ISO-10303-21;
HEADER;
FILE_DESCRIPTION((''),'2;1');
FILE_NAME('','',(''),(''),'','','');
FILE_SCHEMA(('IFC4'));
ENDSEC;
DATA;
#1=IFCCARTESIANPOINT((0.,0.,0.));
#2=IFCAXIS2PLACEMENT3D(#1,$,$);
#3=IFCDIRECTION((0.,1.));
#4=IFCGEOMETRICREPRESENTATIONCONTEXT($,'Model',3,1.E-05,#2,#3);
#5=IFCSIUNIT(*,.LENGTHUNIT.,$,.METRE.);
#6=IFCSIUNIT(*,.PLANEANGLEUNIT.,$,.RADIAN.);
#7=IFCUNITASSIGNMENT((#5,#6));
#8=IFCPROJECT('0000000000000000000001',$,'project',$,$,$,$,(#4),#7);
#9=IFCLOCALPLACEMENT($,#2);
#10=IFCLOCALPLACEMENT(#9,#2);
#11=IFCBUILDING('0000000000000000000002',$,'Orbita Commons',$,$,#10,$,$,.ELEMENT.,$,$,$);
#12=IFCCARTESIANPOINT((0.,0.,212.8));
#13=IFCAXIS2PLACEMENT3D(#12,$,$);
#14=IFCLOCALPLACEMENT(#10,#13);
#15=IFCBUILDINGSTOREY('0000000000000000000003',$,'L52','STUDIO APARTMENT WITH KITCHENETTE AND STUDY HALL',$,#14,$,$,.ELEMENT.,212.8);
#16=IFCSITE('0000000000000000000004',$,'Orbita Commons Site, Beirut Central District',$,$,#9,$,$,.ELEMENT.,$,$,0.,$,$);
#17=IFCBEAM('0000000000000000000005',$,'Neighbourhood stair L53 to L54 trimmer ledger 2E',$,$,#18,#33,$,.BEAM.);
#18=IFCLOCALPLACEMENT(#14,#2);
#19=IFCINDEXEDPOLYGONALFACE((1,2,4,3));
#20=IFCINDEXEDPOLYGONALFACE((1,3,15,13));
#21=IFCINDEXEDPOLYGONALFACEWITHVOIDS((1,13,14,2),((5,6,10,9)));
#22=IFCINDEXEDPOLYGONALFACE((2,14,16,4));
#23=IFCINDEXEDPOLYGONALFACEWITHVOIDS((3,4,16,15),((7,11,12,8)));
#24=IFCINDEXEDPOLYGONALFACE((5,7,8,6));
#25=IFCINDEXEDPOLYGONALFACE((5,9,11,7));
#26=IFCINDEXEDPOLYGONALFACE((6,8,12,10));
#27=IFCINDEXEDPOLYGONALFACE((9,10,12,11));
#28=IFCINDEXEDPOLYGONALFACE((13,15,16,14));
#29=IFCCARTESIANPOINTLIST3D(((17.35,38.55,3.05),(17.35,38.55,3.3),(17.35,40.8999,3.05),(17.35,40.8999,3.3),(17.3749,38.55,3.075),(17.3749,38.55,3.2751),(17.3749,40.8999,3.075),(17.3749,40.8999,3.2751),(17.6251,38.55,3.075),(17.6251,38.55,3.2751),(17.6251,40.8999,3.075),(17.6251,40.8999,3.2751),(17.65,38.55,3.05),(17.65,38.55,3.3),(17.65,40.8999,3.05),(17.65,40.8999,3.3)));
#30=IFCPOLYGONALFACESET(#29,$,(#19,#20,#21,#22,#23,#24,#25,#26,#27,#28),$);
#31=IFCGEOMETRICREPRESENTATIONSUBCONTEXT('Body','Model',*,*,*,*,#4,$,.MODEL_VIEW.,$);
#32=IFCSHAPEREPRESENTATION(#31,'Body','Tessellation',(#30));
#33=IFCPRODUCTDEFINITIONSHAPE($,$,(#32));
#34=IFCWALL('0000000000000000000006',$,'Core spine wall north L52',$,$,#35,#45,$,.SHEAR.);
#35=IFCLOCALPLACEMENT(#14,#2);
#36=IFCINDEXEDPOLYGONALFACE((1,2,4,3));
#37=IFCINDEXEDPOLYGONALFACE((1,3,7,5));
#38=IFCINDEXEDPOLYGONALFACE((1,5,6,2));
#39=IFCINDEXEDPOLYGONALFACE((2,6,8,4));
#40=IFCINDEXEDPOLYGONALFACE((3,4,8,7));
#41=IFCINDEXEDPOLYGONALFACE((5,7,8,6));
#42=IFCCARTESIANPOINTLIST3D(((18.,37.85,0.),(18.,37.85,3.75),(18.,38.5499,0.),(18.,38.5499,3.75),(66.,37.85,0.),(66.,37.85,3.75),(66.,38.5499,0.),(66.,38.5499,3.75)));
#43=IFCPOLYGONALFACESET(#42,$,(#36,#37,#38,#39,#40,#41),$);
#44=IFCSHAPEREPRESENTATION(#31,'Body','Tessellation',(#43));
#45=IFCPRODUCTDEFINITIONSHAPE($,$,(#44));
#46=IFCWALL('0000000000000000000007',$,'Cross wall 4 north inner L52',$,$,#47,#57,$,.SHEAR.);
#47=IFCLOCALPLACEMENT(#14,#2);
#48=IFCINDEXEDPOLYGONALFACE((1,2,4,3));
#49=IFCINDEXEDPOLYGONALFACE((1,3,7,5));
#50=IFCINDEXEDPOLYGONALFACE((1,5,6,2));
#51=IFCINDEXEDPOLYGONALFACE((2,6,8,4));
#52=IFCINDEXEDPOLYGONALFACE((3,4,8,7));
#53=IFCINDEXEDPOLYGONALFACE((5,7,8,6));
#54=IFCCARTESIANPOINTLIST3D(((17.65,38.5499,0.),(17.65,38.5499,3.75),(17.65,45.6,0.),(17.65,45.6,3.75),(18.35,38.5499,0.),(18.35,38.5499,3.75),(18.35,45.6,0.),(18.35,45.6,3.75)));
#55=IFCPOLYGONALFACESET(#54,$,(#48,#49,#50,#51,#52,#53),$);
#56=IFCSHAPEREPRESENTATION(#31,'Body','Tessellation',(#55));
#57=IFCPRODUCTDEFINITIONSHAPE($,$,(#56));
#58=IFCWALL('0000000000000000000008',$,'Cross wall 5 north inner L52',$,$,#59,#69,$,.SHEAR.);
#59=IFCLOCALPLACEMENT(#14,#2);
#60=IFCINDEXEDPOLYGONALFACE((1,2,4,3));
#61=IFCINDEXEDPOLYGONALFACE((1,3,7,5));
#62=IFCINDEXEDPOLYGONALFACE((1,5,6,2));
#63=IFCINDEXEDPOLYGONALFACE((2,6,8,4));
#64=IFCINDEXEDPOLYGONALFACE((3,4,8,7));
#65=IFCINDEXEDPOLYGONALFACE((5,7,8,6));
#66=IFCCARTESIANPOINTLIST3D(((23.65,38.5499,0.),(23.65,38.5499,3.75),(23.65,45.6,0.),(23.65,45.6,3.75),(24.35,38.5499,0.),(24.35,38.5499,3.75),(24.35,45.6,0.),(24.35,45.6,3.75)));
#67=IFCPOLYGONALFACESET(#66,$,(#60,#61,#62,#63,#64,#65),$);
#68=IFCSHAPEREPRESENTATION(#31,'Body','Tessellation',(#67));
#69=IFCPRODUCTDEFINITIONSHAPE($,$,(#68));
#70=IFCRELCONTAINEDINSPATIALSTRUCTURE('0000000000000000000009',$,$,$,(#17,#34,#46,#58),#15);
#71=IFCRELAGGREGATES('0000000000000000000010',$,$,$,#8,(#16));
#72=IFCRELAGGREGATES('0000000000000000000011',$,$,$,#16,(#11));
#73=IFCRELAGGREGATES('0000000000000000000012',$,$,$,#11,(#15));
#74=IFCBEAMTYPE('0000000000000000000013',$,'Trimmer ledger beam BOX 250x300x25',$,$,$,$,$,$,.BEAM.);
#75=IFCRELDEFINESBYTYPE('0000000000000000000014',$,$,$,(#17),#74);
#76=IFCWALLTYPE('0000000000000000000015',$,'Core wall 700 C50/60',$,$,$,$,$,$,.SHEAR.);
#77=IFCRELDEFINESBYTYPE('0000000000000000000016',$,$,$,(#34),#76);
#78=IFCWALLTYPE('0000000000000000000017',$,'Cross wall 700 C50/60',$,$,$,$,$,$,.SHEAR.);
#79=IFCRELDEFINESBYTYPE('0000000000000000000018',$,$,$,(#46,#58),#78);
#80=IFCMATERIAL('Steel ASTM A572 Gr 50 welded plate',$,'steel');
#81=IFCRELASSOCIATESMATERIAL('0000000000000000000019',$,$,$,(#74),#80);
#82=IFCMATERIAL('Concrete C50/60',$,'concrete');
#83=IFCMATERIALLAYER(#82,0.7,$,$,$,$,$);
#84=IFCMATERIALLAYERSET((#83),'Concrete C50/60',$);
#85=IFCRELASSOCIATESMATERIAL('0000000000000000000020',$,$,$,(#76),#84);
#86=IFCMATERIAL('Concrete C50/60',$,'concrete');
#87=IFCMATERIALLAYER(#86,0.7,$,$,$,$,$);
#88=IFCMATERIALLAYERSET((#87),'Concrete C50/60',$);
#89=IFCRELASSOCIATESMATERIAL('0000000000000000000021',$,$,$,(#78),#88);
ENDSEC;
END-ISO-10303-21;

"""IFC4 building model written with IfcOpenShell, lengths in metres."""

from ifc_helpers import new_model, si_unit, direction, frame, frame_2d, origin, origin_2d, place, context, subcontext, project, spatial, rectangle, hollow_rectangle, extrude, material, layer, layer_set, material_profile, profile_set, type_object, element, save


model = new_model("IFC4")

# Units and contexts
model_context = context("Model", 3, precision=1e-05, world=origin(), true_north=direction((0.0, 1.0)))
body_context = subcontext(model_context, "Body", "Model", "MODEL_VIEW")
ifc_project = project(units=[si_unit("LENGTHUNIT", "METRE"), si_unit("PLANEANGLEUNIT", "RADIAN")], contexts=[model_context])

# Site, building, storey
site_placement = place(None, origin())
site = spatial("IfcSite", under=ifc_project, at=site_placement, Name="Orbita Commons Site, Beirut Central District", CompositionType="ELEMENT", RefElevation=0.0)
building_placement = place(site_placement, origin())
building = spatial("IfcBuilding", under=site, at=building_placement, Name="Orbita Commons", CompositionType="ELEMENT")
storey_placement = place(building_placement, frame((0.0, 0.0, 212.8)))
storey = spatial("IfcBuildingStorey", under=building, at=storey_placement, Name="L52", Description="STUDIO APARTMENT WITH KITCHENETTE AND STUDY HALL", CompositionType="ELEMENT", Elevation=212.8)

# Beam
ifc_material_1 = material(Name="Steel ASTM A572 Gr 50 welded plate", Category="steel")
ifc_material_profile = material_profile(ifc_material_1, hollow_rectangle(XDim=0.3, YDim=0.25, WallThickness=0.0249, at=origin_2d()), Name="BOX 250x300x25")
ifc_profile_set = profile_set([ifc_material_profile], Name="Steel ASTM A572 Gr 50 welded plate")
beam_type = type_object("IfcBeamType", Name="Trimmer ledger beam BOX 250x300x25", PredefinedType="BEAM", material=ifc_profile_set)
beam_placement = place(storey_placement, frame((17.5, 38.55, 3.175), z_axis=(0.0, 1.0, 0.0), x_axis=(-1.0, 0.0, 0.0)))
element("IfcBeam", 1, at=beam_placement, inside=storey, type_object=beam_type, Name="Neighbourhood stair L53 to L54 trimmer ledger 2E", PredefinedType="BEAM", context=body_context, shape_type="SweptSolid", body=[
    extrude(hollow_rectangle(XDim=0.3, YDim=0.25, WallThickness=0.0249, at=origin_2d()), origin(), (0.0, 0.0, 1.0), 2.3499),
])

# Walls
ifc_material_2 = material(Name="Concrete C50/60", Category="concrete")
ifc_layer_1 = layer(ifc_material_2, 0.7)
ifc_layer_set_1 = layer_set([ifc_layer_1], Name="Concrete C50/60")
wall_type_1 = type_object("IfcWallType", Name="Core wall 700 C50/60", PredefinedType="SHEAR", material=ifc_layer_set_1)
wall_placement = place(storey_placement, frame((18.0, 38.2, 0.0), z_axis=(0.0, 0.0, 1.0), x_axis=(1.0, 0.0, 0.0)))
element("IfcWall", 2, at=wall_placement, inside=storey, type_object=wall_type_1, Name="Core spine wall north L52", PredefinedType="SHEAR", context=body_context, shape_type="SweptSolid", body=[
    extrude(rectangle(XDim=48.0, YDim=0.7, at=frame_2d((24.0, 0.0))), origin(), (0.0, 0.0, 1.0), 3.75),
])
ifc_material_3 = material(Name="Concrete C50/60", Category="concrete")
ifc_layer_2 = layer(ifc_material_3, 0.7)
ifc_layer_set_2 = layer_set([ifc_layer_2], Name="Concrete C50/60")
wall_type_2 = type_object("IfcWallType", Name="Cross wall 700 C50/60", PredefinedType="SHEAR", material=ifc_layer_set_2)
for number, where, z_axis, x_axis, name in (
    (3, (18.0, 38.55, 0.0), (0.0, 0.0, 1.0), (0.0, 1.0, 0.0), "Cross wall 4 north inner L52"),
    (4, (24.0, 38.55, 0.0), (0.0, 0.0, 1.0), (0.0, 1.0, 0.0), "Cross wall 5 north inner L52"),
):
    element("IfcWall", number, at=place(storey_placement, frame(where, z_axis=z_axis, x_axis=x_axis)), inside=storey, type_object=wall_type_2, Name=name, PredefinedType="SHEAR", context=body_context, shape_type="SweptSolid", body=[
        extrude(rectangle(XDim=7.05, YDim=0.7, at=frame_2d((3.5249, 0.0))), origin(), (0.0, 0.0, 1.0), 3.75),
    ])

save(model, "model.ifc")
